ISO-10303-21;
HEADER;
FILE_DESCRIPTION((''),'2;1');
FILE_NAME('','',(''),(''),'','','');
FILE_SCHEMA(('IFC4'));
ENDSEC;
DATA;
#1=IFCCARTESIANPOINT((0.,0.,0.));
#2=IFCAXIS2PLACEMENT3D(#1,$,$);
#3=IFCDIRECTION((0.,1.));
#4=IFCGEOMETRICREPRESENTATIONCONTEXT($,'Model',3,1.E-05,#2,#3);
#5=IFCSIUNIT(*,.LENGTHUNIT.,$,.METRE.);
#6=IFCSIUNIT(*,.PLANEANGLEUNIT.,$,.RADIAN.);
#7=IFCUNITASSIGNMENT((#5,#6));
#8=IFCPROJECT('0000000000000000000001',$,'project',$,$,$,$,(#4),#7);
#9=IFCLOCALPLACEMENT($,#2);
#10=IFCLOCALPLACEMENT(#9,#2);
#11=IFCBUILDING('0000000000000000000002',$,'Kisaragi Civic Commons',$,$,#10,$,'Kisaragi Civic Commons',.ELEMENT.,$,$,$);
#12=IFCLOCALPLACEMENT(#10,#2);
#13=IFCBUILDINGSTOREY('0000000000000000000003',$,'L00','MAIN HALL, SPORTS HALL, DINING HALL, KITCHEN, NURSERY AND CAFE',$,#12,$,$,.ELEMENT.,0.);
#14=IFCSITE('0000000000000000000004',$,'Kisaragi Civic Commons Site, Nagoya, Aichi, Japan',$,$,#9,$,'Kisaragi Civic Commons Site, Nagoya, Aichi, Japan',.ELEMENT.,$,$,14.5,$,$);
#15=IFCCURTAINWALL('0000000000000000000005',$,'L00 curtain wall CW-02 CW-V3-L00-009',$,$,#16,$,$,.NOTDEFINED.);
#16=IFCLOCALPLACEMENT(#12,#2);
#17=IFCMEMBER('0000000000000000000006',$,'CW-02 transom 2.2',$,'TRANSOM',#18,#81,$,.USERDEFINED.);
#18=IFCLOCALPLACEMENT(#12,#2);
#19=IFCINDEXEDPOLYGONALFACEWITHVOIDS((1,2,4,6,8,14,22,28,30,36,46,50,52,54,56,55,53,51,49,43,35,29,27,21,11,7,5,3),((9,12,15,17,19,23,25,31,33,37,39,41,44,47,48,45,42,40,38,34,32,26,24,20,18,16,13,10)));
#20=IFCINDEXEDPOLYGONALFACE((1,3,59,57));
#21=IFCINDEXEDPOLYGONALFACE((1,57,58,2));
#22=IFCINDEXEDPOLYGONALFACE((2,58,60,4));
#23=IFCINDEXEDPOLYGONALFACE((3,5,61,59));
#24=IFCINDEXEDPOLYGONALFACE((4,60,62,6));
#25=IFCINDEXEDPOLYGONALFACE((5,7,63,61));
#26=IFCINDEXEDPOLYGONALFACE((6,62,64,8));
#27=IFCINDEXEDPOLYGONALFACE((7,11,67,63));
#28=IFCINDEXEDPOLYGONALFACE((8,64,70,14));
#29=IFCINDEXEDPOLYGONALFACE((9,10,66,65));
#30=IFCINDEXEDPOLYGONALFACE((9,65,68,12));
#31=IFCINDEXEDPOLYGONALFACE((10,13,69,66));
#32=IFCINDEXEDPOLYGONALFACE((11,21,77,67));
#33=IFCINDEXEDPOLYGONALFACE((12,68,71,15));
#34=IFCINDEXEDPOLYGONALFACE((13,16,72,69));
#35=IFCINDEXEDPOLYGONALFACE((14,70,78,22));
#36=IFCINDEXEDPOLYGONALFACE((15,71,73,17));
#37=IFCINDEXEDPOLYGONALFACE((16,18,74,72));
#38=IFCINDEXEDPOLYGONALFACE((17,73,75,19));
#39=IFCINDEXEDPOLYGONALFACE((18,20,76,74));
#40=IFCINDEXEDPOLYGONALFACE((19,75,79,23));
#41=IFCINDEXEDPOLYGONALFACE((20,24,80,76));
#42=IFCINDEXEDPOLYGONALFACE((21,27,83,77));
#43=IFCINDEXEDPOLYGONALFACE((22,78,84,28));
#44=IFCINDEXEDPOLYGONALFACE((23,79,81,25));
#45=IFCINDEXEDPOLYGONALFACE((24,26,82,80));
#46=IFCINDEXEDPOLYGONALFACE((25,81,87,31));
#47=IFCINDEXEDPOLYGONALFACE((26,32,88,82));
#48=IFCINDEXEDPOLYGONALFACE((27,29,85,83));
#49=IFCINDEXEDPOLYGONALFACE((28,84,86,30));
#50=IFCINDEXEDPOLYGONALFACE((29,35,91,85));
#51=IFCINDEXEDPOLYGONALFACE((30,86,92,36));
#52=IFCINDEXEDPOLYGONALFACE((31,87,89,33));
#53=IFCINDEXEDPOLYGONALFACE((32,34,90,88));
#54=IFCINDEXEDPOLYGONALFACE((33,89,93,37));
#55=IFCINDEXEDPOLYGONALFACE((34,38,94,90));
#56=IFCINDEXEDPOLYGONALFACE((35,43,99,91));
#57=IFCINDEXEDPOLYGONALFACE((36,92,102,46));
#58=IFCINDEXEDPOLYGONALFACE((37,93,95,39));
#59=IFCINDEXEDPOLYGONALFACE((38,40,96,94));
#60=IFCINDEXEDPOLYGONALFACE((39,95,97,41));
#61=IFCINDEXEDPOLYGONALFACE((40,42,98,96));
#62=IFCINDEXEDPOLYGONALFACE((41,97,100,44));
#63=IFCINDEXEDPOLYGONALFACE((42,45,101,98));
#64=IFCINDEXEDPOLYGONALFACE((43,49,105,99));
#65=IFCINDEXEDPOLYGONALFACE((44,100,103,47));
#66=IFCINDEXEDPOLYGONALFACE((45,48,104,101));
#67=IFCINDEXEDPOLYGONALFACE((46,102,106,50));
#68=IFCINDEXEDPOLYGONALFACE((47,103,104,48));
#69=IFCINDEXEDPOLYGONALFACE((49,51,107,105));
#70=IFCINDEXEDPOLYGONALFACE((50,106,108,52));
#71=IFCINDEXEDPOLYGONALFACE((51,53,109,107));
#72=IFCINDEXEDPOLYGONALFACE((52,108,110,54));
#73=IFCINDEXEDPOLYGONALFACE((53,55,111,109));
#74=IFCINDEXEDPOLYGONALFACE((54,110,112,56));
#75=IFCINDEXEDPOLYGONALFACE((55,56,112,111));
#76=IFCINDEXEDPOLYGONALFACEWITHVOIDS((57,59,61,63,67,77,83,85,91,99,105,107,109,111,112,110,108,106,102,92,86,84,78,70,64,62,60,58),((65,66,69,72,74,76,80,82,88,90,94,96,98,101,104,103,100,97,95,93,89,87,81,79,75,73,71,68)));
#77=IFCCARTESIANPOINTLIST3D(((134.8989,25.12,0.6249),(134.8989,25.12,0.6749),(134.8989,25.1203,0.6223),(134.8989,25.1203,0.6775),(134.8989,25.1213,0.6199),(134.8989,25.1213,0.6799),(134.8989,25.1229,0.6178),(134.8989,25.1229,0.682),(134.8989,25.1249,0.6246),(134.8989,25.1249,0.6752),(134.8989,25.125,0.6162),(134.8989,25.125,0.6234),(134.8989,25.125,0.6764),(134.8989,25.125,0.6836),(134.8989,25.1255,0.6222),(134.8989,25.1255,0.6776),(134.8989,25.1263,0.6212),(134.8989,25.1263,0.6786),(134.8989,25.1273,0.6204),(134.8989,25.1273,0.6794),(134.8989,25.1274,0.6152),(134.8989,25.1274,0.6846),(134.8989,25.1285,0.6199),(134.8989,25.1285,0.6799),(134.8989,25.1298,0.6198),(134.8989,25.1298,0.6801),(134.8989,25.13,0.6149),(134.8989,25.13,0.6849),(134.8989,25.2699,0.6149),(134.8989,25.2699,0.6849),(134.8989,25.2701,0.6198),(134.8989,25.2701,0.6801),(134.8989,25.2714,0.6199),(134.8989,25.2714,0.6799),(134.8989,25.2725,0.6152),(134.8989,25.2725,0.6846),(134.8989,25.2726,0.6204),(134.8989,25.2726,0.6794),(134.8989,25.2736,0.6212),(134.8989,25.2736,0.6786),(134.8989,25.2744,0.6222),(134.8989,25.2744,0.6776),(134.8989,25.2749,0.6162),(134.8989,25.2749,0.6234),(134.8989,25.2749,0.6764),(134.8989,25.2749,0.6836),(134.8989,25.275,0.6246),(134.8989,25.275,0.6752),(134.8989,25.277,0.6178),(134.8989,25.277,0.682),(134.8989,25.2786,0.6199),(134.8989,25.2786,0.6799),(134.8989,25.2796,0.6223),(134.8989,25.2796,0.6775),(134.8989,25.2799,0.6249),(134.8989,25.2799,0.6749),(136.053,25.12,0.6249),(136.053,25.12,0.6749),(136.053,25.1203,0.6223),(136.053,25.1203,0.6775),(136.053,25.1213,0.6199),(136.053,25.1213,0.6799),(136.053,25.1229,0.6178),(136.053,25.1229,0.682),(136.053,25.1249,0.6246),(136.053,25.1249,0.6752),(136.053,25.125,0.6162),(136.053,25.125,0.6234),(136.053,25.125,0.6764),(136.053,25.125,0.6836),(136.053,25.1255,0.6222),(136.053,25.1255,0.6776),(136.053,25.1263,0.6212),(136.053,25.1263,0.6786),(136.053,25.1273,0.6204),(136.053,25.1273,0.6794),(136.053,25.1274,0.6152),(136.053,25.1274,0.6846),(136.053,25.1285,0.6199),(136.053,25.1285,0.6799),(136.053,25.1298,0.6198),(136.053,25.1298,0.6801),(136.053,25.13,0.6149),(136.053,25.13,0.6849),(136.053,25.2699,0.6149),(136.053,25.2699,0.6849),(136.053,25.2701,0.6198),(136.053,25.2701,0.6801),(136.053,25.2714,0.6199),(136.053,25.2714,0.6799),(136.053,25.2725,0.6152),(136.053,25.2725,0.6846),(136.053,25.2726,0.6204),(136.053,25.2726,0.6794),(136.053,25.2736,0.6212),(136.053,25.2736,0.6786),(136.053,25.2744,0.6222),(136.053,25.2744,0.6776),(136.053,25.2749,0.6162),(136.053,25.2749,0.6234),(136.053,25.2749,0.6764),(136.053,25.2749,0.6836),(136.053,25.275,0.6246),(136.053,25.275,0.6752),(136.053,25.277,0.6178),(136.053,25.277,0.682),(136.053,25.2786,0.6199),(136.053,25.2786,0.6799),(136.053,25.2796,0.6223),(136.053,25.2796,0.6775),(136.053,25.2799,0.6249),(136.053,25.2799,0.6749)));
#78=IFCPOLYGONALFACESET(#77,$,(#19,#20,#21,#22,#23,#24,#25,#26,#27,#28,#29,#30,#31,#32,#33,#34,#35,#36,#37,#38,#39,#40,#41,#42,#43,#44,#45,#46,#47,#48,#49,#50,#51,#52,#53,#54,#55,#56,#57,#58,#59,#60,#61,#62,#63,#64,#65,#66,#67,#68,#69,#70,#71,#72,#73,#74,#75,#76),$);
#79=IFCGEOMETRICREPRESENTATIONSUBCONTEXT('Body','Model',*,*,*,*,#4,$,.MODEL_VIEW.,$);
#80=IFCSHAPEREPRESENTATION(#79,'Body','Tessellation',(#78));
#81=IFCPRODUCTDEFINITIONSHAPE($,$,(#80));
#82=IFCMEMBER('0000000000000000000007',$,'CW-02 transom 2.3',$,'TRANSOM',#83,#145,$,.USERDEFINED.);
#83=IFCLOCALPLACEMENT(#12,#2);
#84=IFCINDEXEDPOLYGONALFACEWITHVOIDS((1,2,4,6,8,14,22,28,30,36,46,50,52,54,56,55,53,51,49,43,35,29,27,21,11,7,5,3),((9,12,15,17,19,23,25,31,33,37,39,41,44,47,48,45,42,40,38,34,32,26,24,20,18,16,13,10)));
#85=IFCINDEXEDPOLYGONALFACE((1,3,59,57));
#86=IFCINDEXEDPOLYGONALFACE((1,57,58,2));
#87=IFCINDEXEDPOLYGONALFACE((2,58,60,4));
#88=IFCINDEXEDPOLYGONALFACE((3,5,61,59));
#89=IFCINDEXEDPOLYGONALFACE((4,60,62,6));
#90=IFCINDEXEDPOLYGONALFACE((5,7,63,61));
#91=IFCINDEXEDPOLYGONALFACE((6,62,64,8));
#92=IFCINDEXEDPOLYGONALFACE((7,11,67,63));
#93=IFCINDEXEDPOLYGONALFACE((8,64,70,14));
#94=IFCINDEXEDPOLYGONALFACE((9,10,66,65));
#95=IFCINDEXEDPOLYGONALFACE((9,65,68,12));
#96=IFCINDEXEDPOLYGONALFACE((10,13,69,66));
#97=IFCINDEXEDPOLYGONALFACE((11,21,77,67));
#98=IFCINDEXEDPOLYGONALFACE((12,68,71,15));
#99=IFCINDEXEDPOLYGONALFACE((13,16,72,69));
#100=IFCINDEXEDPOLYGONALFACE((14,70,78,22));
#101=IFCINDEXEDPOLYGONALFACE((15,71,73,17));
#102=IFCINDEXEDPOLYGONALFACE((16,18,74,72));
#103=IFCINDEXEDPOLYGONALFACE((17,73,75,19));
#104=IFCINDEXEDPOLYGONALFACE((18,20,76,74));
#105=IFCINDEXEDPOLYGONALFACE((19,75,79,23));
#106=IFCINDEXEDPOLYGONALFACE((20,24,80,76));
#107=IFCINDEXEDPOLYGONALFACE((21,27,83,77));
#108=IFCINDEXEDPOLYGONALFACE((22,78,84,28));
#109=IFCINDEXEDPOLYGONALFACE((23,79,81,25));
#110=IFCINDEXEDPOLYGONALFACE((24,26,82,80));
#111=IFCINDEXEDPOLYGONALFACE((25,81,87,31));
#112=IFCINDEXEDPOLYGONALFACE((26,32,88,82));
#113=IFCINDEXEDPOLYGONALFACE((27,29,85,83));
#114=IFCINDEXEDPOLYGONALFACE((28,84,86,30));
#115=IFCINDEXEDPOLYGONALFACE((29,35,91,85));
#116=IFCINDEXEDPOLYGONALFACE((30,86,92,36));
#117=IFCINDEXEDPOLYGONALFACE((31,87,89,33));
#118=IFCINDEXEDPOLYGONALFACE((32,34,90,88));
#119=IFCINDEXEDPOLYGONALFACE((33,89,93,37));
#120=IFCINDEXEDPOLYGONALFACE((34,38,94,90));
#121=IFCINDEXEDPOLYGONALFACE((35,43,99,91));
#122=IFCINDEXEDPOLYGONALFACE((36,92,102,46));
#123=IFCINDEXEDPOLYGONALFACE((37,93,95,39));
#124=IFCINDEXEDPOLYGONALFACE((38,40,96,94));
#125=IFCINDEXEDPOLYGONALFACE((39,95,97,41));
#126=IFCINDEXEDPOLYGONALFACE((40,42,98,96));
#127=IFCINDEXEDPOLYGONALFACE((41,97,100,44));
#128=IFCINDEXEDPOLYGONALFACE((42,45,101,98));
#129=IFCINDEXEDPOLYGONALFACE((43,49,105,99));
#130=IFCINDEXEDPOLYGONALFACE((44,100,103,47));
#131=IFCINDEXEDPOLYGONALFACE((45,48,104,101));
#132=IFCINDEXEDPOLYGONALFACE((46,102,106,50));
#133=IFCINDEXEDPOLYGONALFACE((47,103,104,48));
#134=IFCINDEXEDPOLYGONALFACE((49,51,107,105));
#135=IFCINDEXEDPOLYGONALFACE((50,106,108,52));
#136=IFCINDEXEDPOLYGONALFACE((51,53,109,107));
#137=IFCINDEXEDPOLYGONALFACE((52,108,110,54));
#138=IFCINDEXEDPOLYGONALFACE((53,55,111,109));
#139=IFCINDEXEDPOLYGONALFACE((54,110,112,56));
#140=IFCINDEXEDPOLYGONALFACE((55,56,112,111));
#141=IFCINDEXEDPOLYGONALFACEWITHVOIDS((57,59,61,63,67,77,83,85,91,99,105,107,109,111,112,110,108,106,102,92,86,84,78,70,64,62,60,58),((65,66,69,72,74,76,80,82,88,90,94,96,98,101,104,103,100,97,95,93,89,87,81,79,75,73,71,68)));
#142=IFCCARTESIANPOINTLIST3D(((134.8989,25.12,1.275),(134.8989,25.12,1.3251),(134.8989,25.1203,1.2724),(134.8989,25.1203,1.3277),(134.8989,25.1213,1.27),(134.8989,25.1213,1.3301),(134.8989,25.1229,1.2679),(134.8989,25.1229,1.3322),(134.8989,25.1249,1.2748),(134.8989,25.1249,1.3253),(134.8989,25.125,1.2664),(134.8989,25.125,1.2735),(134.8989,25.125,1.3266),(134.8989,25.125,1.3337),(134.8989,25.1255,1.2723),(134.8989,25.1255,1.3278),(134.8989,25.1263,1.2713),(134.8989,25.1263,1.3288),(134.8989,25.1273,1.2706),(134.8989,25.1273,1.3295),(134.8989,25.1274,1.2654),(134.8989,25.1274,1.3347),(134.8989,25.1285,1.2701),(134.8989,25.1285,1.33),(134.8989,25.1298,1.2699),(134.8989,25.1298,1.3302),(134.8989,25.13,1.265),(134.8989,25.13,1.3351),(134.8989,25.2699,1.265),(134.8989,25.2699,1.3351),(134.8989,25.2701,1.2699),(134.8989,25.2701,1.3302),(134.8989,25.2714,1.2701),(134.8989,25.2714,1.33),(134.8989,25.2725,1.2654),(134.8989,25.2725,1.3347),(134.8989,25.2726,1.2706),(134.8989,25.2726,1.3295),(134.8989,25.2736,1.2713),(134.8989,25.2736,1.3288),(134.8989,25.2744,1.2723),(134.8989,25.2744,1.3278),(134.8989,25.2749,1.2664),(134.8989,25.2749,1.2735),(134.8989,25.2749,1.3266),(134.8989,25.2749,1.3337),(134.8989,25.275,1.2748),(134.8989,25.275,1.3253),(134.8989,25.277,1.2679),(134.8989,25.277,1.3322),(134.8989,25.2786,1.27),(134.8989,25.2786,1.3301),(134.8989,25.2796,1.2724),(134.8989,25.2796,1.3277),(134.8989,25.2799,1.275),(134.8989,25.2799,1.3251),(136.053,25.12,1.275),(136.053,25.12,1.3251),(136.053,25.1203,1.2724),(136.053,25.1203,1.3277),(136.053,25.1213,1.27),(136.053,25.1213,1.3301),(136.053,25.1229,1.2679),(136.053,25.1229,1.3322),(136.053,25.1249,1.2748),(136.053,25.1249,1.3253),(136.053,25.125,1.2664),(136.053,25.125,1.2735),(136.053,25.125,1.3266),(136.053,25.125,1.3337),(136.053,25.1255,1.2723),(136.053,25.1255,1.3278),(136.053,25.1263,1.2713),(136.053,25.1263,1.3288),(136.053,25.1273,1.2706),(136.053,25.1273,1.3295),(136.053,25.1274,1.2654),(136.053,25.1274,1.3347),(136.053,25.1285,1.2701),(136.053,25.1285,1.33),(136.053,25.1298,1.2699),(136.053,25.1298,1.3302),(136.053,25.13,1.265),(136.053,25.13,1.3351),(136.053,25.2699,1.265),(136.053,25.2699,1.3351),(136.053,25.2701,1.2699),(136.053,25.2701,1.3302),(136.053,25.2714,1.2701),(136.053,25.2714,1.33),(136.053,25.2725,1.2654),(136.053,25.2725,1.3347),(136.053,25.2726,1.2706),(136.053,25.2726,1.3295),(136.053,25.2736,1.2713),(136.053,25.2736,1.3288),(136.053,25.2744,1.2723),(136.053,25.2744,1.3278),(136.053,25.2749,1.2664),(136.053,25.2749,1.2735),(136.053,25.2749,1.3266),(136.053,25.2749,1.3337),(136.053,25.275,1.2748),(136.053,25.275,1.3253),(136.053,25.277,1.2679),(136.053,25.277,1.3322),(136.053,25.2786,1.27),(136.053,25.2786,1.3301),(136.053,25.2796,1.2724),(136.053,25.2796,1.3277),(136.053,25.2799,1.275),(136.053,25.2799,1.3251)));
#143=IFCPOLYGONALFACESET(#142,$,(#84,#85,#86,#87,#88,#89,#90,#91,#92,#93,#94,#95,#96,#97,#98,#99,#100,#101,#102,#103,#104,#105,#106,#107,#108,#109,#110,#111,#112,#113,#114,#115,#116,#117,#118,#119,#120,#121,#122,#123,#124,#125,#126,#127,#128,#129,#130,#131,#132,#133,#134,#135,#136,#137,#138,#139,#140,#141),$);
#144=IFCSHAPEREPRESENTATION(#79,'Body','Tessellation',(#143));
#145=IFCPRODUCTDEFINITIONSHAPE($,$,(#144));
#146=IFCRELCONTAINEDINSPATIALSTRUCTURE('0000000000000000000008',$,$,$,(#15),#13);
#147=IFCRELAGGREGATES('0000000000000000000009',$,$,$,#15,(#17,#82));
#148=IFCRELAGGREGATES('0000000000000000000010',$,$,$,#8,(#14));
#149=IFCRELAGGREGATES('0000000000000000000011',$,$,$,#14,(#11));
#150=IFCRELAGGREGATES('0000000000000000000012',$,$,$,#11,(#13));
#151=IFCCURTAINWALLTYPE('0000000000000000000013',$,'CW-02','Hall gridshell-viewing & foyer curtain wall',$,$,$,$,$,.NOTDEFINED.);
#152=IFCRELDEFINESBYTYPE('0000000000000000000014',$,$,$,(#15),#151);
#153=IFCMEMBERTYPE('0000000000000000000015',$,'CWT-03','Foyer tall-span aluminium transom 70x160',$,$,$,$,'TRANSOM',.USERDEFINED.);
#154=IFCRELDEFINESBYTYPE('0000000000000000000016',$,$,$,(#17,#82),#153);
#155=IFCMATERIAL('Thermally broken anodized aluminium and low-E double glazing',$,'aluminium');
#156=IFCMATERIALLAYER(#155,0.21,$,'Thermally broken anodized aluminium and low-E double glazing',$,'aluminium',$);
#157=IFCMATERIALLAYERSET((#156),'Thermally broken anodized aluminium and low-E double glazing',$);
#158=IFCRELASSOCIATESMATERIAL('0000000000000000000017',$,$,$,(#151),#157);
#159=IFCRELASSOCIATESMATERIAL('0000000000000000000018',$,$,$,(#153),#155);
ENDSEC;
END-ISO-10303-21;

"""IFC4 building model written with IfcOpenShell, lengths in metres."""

from ifc_helpers import new_model, si_unit, direction, frame, origin, origin_2d, place, context, subcontext, project, spatial, hollow_rectangle, extrude, material, layer, layer_set, material_profile, profile_set, type_object, element, aggregate, save


model = new_model("IFC4")

# Units and contexts
model_context = context("Model", 3, precision=1e-05, world=origin(), true_north=direction((0.0, 1.0)))
body_context = subcontext(model_context, "Body", "Model", "MODEL_VIEW")
ifc_project = project(units=[si_unit("LENGTHUNIT", "METRE"), si_unit("PLANEANGLEUNIT", "RADIAN")], contexts=[model_context])

# Site, building, storey
site_placement = place(None, origin())
site = spatial("IfcSite", under=ifc_project, at=site_placement, Name="Kisaragi Civic Commons Site, Nagoya, Aichi, Japan", LongName="Kisaragi Civic Commons Site, Nagoya, Aichi, Japan", CompositionType="ELEMENT", RefElevation=14.5)
building_placement = place(site_placement, origin())
building = spatial("IfcBuilding", under=site, at=building_placement, Name="Kisaragi Civic Commons", LongName="Kisaragi Civic Commons", CompositionType="ELEMENT")
storey_placement = place(building_placement, origin())
storey = spatial("IfcBuildingStorey", under=building, at=storey_placement, Name="L00", Description="MAIN HALL, SPORTS HALL, DINING HALL, KITCHEN, NURSERY AND CAFE", CompositionType="ELEMENT", Elevation=0.0)

# Curtain wall, members
ifc_material_1 = material(Name="Thermally broken anodized aluminium and low-E double glazing", Category="aluminium")
ifc_layer_1 = layer(ifc_material_1, 0.21, Name="Thermally broken anodized aluminium and low-E double glazing", Category="aluminium")
ifc_layer_set_1 = layer_set([ifc_layer_1], Name="Thermally broken anodized aluminium and low-E double glazing")
curtain_wall_type = type_object("IfcCurtainWallType", Name="CW-02", Description="Hall gridshell-viewing & foyer curtain wall", PredefinedType="NOTDEFINED", material=ifc_layer_set_1)
curtain_wall_placement = place(storey_placement, origin())
curtain_wall = element("IfcCurtainWall", 1, at=curtain_wall_placement, inside=storey, type_object=curtain_wall_type, Name="L00 curtain wall CW-02 CW-V3-L00-009", PredefinedType="NOTDEFINED")
ifc_material_profile_1 = material_profile(ifc_material_1, hollow_rectangle(XDim=0.1599, YDim=0.0701, WallThickness=0.0049, InnerFilletRadius=0.0049, OuterFilletRadius=0.01, at=origin_2d()), Name="CWT-70x160x5", Category="aluminium")
ifc_profile_set_1 = profile_set([ifc_material_profile_1], Name="Thermally broken anodized aluminium and low-E double glazing")
member_type_1 = type_object("IfcMemberType", Name="CWT-03", Description="Foyer tall-span aluminium transom 70x160", ElementType="TRANSOM", PredefinedType="USERDEFINED", material=ifc_profile_set_1)
member_1_placement = place(storey_placement, frame((134.8989, 25.2, 0.6499), z_axis=(1.0, 0.0, 0.0), x_axis=(0.0, 1.0, 0.0)))
member_1 = element("IfcMember", 2, at=member_1_placement, type_object=member_type_1, Name="CW-02 transom 2.2", ObjectType="TRANSOM", PredefinedType="USERDEFINED", context=body_context, shape_type="SweptSolid", body=[
    extrude(hollow_rectangle(XDim=0.1599, YDim=0.0701, WallThickness=0.0049, InnerFilletRadius=0.0049, OuterFilletRadius=0.01, at=origin_2d()), origin(), (0.0, 0.0, 1.0), 1.1541),
])
member_2_placement = place(storey_placement, frame((134.8989, 25.2, 1.3), z_axis=(1.0, 0.0, 0.0), x_axis=(0.0, 1.0, 0.0)))
member_2 = element("IfcMember", 3, at=member_2_placement, type_object=member_type_1, Name="CW-02 transom 2.3", ObjectType="TRANSOM", PredefinedType="USERDEFINED", context=body_context, shape_type="SweptSolid", body=[
    extrude(hollow_rectangle(XDim=0.1599, YDim=0.0701, WallThickness=0.0049, InnerFilletRadius=0.0049, OuterFilletRadius=0.01, at=origin_2d()), origin(), (0.0, 0.0, 1.0), 1.1541),
])

aggregate(curtain_wall, [member_1, member_2])

save(model, "model.ifc")
